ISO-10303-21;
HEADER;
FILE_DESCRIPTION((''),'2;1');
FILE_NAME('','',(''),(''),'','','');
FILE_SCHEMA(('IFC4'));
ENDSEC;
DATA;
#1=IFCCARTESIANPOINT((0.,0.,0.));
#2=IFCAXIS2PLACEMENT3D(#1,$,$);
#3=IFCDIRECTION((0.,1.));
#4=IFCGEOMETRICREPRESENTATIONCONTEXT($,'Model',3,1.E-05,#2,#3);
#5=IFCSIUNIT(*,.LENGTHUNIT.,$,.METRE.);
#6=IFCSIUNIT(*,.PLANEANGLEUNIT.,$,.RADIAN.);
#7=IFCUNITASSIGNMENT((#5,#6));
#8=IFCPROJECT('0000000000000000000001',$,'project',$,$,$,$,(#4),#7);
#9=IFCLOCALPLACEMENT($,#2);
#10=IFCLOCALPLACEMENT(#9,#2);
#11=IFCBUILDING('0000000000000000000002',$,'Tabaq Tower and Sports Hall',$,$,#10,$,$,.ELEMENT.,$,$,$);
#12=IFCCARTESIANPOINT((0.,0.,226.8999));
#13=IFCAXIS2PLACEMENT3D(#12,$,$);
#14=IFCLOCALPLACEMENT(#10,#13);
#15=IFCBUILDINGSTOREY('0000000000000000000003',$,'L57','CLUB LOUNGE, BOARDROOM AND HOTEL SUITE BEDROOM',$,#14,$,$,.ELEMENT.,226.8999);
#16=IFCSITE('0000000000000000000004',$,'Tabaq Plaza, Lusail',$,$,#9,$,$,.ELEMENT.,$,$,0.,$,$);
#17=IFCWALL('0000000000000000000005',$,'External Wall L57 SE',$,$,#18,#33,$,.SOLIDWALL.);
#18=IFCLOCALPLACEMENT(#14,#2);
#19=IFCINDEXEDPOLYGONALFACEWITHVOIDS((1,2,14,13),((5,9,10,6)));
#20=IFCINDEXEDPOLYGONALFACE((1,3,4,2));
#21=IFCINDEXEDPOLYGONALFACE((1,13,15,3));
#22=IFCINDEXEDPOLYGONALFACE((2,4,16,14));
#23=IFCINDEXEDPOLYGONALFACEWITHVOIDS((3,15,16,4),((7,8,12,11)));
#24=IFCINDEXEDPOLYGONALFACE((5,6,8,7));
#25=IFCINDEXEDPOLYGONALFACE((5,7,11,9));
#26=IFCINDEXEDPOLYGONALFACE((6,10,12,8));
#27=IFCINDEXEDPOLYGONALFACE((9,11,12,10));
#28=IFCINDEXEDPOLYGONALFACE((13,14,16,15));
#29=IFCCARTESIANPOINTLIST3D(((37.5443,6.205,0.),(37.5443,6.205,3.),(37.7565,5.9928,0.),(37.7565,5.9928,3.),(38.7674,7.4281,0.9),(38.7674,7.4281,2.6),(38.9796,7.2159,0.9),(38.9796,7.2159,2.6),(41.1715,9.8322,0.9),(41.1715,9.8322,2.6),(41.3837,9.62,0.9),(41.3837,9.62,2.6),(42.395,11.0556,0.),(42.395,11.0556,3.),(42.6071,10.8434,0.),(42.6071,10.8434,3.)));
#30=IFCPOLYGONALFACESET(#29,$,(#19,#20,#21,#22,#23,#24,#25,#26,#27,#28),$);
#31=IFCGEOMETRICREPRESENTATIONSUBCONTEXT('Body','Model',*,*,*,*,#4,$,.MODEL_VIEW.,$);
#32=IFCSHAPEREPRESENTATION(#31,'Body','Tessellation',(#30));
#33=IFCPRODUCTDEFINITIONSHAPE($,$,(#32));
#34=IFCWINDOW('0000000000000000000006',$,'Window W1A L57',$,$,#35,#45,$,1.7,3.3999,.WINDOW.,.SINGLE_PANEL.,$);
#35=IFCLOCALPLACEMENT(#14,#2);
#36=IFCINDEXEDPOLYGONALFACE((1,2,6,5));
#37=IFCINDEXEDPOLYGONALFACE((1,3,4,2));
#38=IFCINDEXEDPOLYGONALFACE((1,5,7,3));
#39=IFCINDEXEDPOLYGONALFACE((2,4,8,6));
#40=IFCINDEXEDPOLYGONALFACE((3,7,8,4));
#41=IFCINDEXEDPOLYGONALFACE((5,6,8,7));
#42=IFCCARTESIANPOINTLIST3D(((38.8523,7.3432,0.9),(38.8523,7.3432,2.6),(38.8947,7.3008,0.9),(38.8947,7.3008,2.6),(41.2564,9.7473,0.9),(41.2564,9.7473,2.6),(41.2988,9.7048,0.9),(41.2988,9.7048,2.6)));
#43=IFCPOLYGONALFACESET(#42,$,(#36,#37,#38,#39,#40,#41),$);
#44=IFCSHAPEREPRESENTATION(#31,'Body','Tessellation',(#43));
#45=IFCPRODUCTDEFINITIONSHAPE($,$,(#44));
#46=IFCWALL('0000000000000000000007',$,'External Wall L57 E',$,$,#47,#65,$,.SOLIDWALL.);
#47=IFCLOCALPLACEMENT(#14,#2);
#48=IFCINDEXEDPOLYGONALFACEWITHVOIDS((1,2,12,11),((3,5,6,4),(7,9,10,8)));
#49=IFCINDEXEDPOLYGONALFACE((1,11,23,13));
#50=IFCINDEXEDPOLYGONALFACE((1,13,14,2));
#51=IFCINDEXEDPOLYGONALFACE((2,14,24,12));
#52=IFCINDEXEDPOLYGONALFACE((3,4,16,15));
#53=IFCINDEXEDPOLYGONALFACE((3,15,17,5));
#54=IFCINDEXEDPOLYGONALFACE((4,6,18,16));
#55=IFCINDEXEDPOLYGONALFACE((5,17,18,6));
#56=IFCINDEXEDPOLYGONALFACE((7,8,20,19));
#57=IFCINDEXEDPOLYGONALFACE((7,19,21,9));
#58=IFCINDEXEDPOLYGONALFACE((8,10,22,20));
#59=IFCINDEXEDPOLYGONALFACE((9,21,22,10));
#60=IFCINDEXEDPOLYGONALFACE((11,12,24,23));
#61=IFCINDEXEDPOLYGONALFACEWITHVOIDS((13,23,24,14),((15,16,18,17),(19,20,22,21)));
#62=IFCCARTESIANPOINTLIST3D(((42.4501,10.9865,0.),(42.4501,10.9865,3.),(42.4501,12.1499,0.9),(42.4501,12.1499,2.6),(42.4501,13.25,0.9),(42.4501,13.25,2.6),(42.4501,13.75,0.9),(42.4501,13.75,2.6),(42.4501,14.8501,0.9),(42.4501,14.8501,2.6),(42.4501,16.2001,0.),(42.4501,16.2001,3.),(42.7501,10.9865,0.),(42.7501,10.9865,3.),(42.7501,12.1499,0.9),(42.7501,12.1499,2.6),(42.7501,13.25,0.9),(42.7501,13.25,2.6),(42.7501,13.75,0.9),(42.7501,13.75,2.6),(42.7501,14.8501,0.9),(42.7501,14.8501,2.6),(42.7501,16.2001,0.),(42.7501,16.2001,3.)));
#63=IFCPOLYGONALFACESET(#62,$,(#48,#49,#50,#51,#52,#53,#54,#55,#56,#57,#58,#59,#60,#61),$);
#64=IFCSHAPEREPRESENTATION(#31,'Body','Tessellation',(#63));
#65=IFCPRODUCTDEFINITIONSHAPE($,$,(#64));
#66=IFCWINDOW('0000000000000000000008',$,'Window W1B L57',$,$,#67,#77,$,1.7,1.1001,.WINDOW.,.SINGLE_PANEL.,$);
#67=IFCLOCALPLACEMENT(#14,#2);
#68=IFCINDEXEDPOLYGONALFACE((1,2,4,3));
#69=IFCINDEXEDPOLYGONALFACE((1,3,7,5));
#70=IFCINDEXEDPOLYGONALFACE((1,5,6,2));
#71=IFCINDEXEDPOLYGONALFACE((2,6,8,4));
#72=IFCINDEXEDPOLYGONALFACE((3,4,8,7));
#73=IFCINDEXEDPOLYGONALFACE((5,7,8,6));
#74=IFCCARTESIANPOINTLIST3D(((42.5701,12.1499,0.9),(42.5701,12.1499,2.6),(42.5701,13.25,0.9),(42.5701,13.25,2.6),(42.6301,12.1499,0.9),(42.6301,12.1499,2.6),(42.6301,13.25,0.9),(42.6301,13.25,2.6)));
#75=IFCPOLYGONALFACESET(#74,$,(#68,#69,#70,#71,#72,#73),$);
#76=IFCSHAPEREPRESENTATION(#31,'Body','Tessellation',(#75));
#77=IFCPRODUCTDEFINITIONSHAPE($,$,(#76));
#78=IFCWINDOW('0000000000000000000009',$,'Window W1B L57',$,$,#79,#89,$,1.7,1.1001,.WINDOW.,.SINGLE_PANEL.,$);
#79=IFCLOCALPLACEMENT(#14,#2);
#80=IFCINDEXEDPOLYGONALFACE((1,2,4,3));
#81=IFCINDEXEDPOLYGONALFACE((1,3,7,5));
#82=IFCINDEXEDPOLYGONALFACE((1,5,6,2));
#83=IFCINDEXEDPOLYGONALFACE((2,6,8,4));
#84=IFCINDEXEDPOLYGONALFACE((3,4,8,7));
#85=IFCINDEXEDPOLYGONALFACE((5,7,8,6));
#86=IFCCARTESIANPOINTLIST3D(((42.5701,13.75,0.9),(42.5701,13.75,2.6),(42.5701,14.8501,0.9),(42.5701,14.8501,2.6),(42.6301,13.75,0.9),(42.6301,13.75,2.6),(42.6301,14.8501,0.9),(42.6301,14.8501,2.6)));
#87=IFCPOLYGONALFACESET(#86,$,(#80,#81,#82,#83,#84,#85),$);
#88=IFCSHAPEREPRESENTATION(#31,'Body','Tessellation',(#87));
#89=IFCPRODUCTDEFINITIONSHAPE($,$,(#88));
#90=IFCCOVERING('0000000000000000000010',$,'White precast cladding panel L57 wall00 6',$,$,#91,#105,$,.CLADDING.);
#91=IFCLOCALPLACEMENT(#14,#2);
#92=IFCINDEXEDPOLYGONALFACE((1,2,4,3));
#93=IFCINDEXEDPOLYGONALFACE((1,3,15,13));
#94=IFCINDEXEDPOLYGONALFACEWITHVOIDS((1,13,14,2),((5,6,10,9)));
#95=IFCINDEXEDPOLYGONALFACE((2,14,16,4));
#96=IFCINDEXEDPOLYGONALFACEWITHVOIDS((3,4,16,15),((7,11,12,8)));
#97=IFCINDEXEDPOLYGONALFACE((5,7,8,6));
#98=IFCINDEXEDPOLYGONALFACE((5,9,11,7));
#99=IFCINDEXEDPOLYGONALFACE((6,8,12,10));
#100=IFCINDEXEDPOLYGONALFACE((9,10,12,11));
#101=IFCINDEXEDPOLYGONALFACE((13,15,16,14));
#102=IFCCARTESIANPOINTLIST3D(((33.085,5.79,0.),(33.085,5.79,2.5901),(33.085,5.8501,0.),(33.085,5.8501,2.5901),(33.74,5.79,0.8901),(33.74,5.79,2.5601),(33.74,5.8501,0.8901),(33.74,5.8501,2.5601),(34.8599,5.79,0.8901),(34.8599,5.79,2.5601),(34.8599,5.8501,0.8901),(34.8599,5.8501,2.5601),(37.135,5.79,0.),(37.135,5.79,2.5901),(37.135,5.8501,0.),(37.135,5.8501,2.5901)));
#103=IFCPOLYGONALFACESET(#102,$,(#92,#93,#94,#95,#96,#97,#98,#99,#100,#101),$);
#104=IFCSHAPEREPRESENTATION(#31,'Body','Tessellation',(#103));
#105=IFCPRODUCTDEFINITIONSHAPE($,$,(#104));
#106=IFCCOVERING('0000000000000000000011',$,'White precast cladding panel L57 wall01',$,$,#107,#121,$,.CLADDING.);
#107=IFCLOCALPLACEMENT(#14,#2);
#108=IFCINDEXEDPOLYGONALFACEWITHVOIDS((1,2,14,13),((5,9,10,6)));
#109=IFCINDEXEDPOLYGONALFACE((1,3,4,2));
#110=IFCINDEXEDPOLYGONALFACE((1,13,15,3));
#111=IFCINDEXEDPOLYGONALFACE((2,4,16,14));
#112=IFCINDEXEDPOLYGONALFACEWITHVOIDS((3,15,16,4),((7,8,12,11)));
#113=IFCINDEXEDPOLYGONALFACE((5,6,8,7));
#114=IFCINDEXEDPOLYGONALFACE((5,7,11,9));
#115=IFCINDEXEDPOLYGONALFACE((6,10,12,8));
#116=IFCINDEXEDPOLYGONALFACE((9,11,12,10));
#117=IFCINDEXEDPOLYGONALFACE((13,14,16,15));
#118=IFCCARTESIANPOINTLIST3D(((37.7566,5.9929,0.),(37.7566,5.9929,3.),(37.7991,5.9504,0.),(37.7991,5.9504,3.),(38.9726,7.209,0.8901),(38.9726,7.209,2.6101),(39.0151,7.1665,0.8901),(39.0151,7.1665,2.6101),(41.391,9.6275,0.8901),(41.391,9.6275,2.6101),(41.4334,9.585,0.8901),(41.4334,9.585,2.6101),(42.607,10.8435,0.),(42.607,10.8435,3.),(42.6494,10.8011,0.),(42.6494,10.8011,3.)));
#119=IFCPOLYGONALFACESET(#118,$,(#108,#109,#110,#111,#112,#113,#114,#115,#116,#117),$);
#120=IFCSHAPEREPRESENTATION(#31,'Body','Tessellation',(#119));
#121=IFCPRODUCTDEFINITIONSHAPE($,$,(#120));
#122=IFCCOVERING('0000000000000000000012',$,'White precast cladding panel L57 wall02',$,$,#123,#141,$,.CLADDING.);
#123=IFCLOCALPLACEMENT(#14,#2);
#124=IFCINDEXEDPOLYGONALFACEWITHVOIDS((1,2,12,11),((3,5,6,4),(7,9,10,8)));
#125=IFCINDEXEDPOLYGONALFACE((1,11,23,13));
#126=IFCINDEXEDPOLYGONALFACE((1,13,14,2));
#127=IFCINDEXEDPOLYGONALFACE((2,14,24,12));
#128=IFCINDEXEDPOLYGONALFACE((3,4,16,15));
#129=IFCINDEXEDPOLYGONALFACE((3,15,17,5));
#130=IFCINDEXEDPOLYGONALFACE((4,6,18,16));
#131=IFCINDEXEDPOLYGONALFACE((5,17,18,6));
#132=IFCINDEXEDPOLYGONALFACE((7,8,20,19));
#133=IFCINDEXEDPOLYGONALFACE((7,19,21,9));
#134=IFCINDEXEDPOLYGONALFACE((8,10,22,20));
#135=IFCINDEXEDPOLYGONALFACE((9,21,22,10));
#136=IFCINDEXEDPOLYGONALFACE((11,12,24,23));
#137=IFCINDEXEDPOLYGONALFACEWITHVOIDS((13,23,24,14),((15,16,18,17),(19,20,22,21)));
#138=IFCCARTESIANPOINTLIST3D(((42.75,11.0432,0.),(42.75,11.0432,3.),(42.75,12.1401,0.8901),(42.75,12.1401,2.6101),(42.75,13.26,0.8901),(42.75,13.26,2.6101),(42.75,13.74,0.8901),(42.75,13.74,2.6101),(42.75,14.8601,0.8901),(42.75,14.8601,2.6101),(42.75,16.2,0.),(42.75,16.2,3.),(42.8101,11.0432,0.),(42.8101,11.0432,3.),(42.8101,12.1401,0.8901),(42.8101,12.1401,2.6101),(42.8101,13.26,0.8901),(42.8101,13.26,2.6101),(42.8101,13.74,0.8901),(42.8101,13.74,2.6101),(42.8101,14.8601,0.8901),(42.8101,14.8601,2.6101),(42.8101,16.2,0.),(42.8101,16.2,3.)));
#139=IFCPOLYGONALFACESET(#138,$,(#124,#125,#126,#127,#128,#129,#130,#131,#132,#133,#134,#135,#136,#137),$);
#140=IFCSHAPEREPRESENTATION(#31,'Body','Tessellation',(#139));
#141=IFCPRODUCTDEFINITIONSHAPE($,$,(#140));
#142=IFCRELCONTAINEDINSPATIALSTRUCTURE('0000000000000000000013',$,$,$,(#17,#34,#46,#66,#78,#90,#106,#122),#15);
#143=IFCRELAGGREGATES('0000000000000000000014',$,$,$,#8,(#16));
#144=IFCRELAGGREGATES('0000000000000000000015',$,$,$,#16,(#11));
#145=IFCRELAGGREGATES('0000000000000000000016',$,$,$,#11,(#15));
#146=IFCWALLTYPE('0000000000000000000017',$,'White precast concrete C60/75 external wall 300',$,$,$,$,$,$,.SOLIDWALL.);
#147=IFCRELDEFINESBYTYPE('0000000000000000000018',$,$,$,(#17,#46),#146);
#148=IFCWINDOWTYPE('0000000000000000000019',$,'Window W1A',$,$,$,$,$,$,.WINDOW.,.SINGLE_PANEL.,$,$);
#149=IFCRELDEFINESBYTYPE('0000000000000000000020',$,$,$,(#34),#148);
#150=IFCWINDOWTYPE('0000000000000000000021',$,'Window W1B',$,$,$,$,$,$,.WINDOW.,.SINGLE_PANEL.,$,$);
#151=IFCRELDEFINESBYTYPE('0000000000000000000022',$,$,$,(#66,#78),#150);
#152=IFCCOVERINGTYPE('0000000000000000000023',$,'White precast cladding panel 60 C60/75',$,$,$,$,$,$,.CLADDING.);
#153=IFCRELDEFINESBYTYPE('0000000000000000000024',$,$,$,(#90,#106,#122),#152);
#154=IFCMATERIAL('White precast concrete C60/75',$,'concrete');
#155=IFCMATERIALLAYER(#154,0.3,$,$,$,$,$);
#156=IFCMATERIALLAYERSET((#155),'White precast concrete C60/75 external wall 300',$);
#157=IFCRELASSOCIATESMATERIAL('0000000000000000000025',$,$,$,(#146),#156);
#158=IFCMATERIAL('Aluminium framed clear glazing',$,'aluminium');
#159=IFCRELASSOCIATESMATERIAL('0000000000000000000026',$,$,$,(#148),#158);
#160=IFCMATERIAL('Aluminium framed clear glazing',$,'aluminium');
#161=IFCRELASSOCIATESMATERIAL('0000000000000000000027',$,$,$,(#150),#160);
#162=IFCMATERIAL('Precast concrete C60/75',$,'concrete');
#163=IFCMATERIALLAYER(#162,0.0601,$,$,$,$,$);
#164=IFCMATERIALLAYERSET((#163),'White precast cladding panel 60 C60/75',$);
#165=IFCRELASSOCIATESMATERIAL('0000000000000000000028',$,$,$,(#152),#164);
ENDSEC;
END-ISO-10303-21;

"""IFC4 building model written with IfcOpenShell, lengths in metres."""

from ifc_helpers import new_model, si_unit, direction, frame, frame_2d, origin, place, context, subcontext, project, spatial, polyline, rectangle, outline, extrude, material, layer, layer_set, type_object, element, fill, save


model = new_model("IFC4")

# Units and contexts
model_context = context("Model", 3, precision=1e-05, world=origin(), true_north=direction((0.0, 1.0)))
body_context = subcontext(model_context, "Body", "Model", "MODEL_VIEW")
ifc_project = project(units=[si_unit("LENGTHUNIT", "METRE"), si_unit("PLANEANGLEUNIT", "RADIAN")], contexts=[model_context])

# Site, building, storey
site_placement = place(None, origin())
site = spatial("IfcSite", under=ifc_project, at=site_placement, Name="Tabaq Plaza, Lusail", CompositionType="ELEMENT", RefElevation=0.0)
building_placement = place(site_placement, origin())
building = spatial("IfcBuilding", under=site, at=building_placement, Name="Tabaq Tower and Sports Hall", CompositionType="ELEMENT")
storey_placement = place(building_placement, frame((0.0, 0.0, 226.8999)))
storey = spatial("IfcBuildingStorey", under=building, at=storey_placement, Name="L57", Description="CLUB LOUNGE, BOARDROOM AND HOTEL SUITE BEDROOM", CompositionType="ELEMENT", Elevation=226.8999)

# Wall, opening, window
ifc_material_1 = material(Name="White precast concrete C60/75", Category="concrete")
ifc_layer_1 = layer(ifc_material_1, 0.3)
ifc_layer_set_1 = layer_set([ifc_layer_1], Name="White precast concrete C60/75 external wall 300")
wall_type_1 = type_object("IfcWallType", Name="White precast concrete C60/75 external wall 300", PredefinedType="SOLIDWALL", material=ifc_layer_set_1)
wall_1_placement = place(storey_placement, frame((37.6504, 6.0989, 0.0), z_axis=(0.0, 0.0, 1.0), x_axis=(0.707107, 0.707107, 0.0)))
wall_1 = element("IfcWall", 1, at=wall_1_placement, inside=storey, type_object=wall_type_1, Name="External Wall L57 SE", PredefinedType="SOLIDWALL", context=body_context, shape_type="SweptSolid", body=[
    extrude(rectangle(XDim=6.8599, YDim=0.3, at=frame_2d((3.4299, 0.0))), origin(), (0.0, 0.0, 1.0), 3.0),
])
opening_1_placement = place(wall_1_placement, frame((1.7297, 0.0, 0.8999)))
opening_1 = element("IfcOpeningElement", 2, at=opening_1_placement, cuts=wall_1, PredefinedType="OPENING", context=body_context, shape_type="SweptSolid", body=[
    extrude(rectangle(XDim=3.3999, YDim=1.7, at=frame_2d((1.7, 0.8501))), frame((0.0, 0.1602, 0.0), z_axis=(0.0, -1.0, 0.0), x_axis=(1.0, 0.0, 0.0)), (0.0, 0.0, 1.0), 0.3201),
])
ifc_material_2 = material(Name="Aluminium framed clear glazing", Category="aluminium")
window_type_1 = type_object("IfcWindowType", Name="Window W1A", PartitioningType="SINGLE_PANEL", PredefinedType="WINDOW", material=ifc_material_2)
window_1_placement = place(opening_1_placement, origin())
window_1 = element("IfcWindow", 3, at=window_1_placement, inside=storey, type_object=window_type_1, Name="Window W1A L57", OverallHeight=1.7, OverallWidth=3.3999, PartitioningType="SINGLE_PANEL", PredefinedType="WINDOW", context=body_context, shape_type="SweptSolid", body=[
    extrude(rectangle(XDim=3.3999, YDim=1.7, at=frame_2d((1.7, 0.8501))), frame((0.0, 0.03, 0.0), z_axis=(0.0, -1.0, 0.0), x_axis=(1.0, 0.0, 0.0)), (0.0, 0.0, 1.0), 0.0601),
])
fill(opening_1, window_1)

# Wall, openings, windows
wall_2_placement = place(storey_placement, frame((42.6001, 10.9863, 0.0), z_axis=(0.0, 0.0, 1.0), x_axis=(0.0, 1.0, 0.0)))
wall_2 = element("IfcWall", 4, at=wall_2_placement, inside=storey, type_object=wall_type_1, Name="External Wall L57 E", PredefinedType="SOLIDWALL", context=body_context, shape_type="SweptSolid", body=[
    extrude(rectangle(XDim=5.2136, YDim=0.3, at=frame_2d((2.6069, 0.0))), origin(), (0.0, 0.0, 1.0), 3.0),
])
opening_2_placement = place(wall_2_placement, frame((1.1636, 0.0, 0.8999)))
opening_2 = element("IfcOpeningElement", 5, at=opening_2_placement, cuts=wall_2, PredefinedType="OPENING", context=body_context, shape_type="SweptSolid", body=[
    extrude(rectangle(XDim=1.1001, YDim=1.7, at=frame_2d((0.55, 0.8501))), frame((0.0, 0.1602, 0.0), z_axis=(0.0, -1.0, 0.0), x_axis=(1.0, 0.0, 0.0)), (0.0, 0.0, 1.0), 0.3201),
])
opening_3_placement = place(wall_2_placement, frame((2.7637, 0.0, 0.8999)))
opening_3 = element("IfcOpeningElement", 6, at=opening_3_placement, cuts=wall_2, PredefinedType="OPENING", context=body_context, shape_type="SweptSolid", body=[
    extrude(rectangle(XDim=1.1001, YDim=1.7, at=frame_2d((0.55, 0.8501))), frame((0.0, 0.1602, 0.0), z_axis=(0.0, -1.0, 0.0), x_axis=(1.0, 0.0, 0.0)), (0.0, 0.0, 1.0), 0.3201),
])
ifc_material_3 = material(Name="Aluminium framed clear glazing", Category="aluminium")
window_type_2 = type_object("IfcWindowType", Name="Window W1B", PartitioningType="SINGLE_PANEL", PredefinedType="WINDOW", material=ifc_material_3)
window_2_placement = place(opening_2_placement, origin())
window_2 = element("IfcWindow", 7, at=window_2_placement, inside=storey, type_object=window_type_2, Name="Window W1B L57", OverallHeight=1.7, OverallWidth=1.1001, PartitioningType="SINGLE_PANEL", PredefinedType="WINDOW", context=body_context, shape_type="SweptSolid", body=[
    extrude(rectangle(XDim=1.1001, YDim=1.7, at=frame_2d((0.55, 0.8501))), frame((0.0, 0.03, 0.0), z_axis=(0.0, -1.0, 0.0), x_axis=(1.0, 0.0, 0.0)), (0.0, 0.0, 1.0), 0.0601),
])
fill(opening_2, window_2)
window_3_placement = place(opening_3_placement, origin())
window_3 = element("IfcWindow", 8, at=window_3_placement, inside=storey, type_object=window_type_2, Name="Window W1B L57", OverallHeight=1.7, OverallWidth=1.1001, PartitioningType="SINGLE_PANEL", PredefinedType="WINDOW", context=body_context, shape_type="SweptSolid", body=[
    extrude(rectangle(XDim=1.1001, YDim=1.7, at=frame_2d((0.55, 0.8501))), frame((0.0, 0.03, 0.0), z_axis=(0.0, -1.0, 0.0), x_axis=(1.0, 0.0, 0.0)), (0.0, 0.0, 1.0), 0.0601),
])
fill(opening_3, window_3)

# Coverings
ifc_material_4 = material(Name="Precast concrete C60/75", Category="concrete")
ifc_layer_2 = layer(ifc_material_4, 0.0601)
ifc_layer_set_2 = layer_set([ifc_layer_2], Name="White precast cladding panel 60 C60/75")
covering_type = type_object("IfcCoveringType", Name="White precast cladding panel 60 C60/75", PredefinedType="CLADDING", material=ifc_layer_set_2)
covering_1_placement = place(storey_placement, frame((33.085, 5.8201, 0.0), z_axis=(0.0, 0.0, 1.0), x_axis=(1.0, 0.0, 0.0)))
element("IfcCovering", 9, at=covering_1_placement, inside=storey, type_object=covering_type, Name="White precast cladding panel L57 wall00 6", PredefinedType="CLADDING", context=body_context, shape_type="SweptSolid", body=[
    extrude(outline(polyline([(0.0, 0.0), (4.05, 0.0), (4.05, 2.5901), (0.0, 2.5901), (0.0, 0.0)]), holes=[polyline([(1.7749, 0.8901), (0.655, 0.8901), (0.655, 2.5601), (1.7749, 2.5601), (1.7749, 0.8901)])]), frame((0.0, 0.03, 0.0), z_axis=(0.0, -1.0, 0.0), x_axis=(1.0, 0.0, 0.0)), (0.0, 0.0, 1.0), 0.0601),
])
covering_2_placement = place(storey_placement, frame((37.7778, 5.9717, 0.0), z_axis=(0.0, 0.0, 1.0), x_axis=(0.707089, 0.707125, 0.0)))
element("IfcCovering", 10, at=covering_2_placement, inside=storey, type_object=covering_type, Name="White precast cladding panel L57 wall01", PredefinedType="CLADDING", context=body_context, shape_type="SweptSolid", body=[
    extrude(outline(polyline([(0.0, 0.0), (6.8596, 0.0), (6.8596, 3.0), (0.0, 3.0), (0.0, 0.0)]), holes=[polyline([(1.7197, 0.8901), (1.7197, 2.6101), (5.1399, 2.6101), (5.1399, 0.8901), (1.7197, 0.8901)])]), frame((0.0, 0.03, 0.0), z_axis=(0.0, -1.0, 0.0), x_axis=(1.0, 0.0, 0.0)), (0.0, 0.0, 1.0), 0.0601),
])
covering_3_placement = place(storey_placement, frame((42.78, 11.0432, 0.0), z_axis=(0.0, 0.0, 1.0), x_axis=(0.0, 1.0, 0.0)))
element("IfcCovering", 11, at=covering_3_placement, inside=storey, type_object=covering_type, Name="White precast cladding panel L57 wall02", PredefinedType="CLADDING", context=body_context, shape_type="SweptSolid", body=[
    extrude(outline(polyline([(0.0, 0.0), (5.1567, 0.0), (5.1567, 3.0), (0.0, 3.0), (0.0, 0.0)]), holes=[polyline([(1.0969, 2.6101), (2.2168, 2.6101), (2.2168, 0.8901), (1.0969, 0.8901), (1.0969, 2.6101)]), polyline([(2.6968, 2.6101), (3.8169, 2.6101), (3.8169, 0.8901), (2.6968, 0.8901), (2.6968, 2.6101)])]), frame((0.0, 0.03, 0.0), z_axis=(0.0, -1.0, 0.0), x_axis=(1.0, 0.0, 0.0)), (0.0, 0.0, 1.0), 0.0601),
])

save(model, "model.ifc")
